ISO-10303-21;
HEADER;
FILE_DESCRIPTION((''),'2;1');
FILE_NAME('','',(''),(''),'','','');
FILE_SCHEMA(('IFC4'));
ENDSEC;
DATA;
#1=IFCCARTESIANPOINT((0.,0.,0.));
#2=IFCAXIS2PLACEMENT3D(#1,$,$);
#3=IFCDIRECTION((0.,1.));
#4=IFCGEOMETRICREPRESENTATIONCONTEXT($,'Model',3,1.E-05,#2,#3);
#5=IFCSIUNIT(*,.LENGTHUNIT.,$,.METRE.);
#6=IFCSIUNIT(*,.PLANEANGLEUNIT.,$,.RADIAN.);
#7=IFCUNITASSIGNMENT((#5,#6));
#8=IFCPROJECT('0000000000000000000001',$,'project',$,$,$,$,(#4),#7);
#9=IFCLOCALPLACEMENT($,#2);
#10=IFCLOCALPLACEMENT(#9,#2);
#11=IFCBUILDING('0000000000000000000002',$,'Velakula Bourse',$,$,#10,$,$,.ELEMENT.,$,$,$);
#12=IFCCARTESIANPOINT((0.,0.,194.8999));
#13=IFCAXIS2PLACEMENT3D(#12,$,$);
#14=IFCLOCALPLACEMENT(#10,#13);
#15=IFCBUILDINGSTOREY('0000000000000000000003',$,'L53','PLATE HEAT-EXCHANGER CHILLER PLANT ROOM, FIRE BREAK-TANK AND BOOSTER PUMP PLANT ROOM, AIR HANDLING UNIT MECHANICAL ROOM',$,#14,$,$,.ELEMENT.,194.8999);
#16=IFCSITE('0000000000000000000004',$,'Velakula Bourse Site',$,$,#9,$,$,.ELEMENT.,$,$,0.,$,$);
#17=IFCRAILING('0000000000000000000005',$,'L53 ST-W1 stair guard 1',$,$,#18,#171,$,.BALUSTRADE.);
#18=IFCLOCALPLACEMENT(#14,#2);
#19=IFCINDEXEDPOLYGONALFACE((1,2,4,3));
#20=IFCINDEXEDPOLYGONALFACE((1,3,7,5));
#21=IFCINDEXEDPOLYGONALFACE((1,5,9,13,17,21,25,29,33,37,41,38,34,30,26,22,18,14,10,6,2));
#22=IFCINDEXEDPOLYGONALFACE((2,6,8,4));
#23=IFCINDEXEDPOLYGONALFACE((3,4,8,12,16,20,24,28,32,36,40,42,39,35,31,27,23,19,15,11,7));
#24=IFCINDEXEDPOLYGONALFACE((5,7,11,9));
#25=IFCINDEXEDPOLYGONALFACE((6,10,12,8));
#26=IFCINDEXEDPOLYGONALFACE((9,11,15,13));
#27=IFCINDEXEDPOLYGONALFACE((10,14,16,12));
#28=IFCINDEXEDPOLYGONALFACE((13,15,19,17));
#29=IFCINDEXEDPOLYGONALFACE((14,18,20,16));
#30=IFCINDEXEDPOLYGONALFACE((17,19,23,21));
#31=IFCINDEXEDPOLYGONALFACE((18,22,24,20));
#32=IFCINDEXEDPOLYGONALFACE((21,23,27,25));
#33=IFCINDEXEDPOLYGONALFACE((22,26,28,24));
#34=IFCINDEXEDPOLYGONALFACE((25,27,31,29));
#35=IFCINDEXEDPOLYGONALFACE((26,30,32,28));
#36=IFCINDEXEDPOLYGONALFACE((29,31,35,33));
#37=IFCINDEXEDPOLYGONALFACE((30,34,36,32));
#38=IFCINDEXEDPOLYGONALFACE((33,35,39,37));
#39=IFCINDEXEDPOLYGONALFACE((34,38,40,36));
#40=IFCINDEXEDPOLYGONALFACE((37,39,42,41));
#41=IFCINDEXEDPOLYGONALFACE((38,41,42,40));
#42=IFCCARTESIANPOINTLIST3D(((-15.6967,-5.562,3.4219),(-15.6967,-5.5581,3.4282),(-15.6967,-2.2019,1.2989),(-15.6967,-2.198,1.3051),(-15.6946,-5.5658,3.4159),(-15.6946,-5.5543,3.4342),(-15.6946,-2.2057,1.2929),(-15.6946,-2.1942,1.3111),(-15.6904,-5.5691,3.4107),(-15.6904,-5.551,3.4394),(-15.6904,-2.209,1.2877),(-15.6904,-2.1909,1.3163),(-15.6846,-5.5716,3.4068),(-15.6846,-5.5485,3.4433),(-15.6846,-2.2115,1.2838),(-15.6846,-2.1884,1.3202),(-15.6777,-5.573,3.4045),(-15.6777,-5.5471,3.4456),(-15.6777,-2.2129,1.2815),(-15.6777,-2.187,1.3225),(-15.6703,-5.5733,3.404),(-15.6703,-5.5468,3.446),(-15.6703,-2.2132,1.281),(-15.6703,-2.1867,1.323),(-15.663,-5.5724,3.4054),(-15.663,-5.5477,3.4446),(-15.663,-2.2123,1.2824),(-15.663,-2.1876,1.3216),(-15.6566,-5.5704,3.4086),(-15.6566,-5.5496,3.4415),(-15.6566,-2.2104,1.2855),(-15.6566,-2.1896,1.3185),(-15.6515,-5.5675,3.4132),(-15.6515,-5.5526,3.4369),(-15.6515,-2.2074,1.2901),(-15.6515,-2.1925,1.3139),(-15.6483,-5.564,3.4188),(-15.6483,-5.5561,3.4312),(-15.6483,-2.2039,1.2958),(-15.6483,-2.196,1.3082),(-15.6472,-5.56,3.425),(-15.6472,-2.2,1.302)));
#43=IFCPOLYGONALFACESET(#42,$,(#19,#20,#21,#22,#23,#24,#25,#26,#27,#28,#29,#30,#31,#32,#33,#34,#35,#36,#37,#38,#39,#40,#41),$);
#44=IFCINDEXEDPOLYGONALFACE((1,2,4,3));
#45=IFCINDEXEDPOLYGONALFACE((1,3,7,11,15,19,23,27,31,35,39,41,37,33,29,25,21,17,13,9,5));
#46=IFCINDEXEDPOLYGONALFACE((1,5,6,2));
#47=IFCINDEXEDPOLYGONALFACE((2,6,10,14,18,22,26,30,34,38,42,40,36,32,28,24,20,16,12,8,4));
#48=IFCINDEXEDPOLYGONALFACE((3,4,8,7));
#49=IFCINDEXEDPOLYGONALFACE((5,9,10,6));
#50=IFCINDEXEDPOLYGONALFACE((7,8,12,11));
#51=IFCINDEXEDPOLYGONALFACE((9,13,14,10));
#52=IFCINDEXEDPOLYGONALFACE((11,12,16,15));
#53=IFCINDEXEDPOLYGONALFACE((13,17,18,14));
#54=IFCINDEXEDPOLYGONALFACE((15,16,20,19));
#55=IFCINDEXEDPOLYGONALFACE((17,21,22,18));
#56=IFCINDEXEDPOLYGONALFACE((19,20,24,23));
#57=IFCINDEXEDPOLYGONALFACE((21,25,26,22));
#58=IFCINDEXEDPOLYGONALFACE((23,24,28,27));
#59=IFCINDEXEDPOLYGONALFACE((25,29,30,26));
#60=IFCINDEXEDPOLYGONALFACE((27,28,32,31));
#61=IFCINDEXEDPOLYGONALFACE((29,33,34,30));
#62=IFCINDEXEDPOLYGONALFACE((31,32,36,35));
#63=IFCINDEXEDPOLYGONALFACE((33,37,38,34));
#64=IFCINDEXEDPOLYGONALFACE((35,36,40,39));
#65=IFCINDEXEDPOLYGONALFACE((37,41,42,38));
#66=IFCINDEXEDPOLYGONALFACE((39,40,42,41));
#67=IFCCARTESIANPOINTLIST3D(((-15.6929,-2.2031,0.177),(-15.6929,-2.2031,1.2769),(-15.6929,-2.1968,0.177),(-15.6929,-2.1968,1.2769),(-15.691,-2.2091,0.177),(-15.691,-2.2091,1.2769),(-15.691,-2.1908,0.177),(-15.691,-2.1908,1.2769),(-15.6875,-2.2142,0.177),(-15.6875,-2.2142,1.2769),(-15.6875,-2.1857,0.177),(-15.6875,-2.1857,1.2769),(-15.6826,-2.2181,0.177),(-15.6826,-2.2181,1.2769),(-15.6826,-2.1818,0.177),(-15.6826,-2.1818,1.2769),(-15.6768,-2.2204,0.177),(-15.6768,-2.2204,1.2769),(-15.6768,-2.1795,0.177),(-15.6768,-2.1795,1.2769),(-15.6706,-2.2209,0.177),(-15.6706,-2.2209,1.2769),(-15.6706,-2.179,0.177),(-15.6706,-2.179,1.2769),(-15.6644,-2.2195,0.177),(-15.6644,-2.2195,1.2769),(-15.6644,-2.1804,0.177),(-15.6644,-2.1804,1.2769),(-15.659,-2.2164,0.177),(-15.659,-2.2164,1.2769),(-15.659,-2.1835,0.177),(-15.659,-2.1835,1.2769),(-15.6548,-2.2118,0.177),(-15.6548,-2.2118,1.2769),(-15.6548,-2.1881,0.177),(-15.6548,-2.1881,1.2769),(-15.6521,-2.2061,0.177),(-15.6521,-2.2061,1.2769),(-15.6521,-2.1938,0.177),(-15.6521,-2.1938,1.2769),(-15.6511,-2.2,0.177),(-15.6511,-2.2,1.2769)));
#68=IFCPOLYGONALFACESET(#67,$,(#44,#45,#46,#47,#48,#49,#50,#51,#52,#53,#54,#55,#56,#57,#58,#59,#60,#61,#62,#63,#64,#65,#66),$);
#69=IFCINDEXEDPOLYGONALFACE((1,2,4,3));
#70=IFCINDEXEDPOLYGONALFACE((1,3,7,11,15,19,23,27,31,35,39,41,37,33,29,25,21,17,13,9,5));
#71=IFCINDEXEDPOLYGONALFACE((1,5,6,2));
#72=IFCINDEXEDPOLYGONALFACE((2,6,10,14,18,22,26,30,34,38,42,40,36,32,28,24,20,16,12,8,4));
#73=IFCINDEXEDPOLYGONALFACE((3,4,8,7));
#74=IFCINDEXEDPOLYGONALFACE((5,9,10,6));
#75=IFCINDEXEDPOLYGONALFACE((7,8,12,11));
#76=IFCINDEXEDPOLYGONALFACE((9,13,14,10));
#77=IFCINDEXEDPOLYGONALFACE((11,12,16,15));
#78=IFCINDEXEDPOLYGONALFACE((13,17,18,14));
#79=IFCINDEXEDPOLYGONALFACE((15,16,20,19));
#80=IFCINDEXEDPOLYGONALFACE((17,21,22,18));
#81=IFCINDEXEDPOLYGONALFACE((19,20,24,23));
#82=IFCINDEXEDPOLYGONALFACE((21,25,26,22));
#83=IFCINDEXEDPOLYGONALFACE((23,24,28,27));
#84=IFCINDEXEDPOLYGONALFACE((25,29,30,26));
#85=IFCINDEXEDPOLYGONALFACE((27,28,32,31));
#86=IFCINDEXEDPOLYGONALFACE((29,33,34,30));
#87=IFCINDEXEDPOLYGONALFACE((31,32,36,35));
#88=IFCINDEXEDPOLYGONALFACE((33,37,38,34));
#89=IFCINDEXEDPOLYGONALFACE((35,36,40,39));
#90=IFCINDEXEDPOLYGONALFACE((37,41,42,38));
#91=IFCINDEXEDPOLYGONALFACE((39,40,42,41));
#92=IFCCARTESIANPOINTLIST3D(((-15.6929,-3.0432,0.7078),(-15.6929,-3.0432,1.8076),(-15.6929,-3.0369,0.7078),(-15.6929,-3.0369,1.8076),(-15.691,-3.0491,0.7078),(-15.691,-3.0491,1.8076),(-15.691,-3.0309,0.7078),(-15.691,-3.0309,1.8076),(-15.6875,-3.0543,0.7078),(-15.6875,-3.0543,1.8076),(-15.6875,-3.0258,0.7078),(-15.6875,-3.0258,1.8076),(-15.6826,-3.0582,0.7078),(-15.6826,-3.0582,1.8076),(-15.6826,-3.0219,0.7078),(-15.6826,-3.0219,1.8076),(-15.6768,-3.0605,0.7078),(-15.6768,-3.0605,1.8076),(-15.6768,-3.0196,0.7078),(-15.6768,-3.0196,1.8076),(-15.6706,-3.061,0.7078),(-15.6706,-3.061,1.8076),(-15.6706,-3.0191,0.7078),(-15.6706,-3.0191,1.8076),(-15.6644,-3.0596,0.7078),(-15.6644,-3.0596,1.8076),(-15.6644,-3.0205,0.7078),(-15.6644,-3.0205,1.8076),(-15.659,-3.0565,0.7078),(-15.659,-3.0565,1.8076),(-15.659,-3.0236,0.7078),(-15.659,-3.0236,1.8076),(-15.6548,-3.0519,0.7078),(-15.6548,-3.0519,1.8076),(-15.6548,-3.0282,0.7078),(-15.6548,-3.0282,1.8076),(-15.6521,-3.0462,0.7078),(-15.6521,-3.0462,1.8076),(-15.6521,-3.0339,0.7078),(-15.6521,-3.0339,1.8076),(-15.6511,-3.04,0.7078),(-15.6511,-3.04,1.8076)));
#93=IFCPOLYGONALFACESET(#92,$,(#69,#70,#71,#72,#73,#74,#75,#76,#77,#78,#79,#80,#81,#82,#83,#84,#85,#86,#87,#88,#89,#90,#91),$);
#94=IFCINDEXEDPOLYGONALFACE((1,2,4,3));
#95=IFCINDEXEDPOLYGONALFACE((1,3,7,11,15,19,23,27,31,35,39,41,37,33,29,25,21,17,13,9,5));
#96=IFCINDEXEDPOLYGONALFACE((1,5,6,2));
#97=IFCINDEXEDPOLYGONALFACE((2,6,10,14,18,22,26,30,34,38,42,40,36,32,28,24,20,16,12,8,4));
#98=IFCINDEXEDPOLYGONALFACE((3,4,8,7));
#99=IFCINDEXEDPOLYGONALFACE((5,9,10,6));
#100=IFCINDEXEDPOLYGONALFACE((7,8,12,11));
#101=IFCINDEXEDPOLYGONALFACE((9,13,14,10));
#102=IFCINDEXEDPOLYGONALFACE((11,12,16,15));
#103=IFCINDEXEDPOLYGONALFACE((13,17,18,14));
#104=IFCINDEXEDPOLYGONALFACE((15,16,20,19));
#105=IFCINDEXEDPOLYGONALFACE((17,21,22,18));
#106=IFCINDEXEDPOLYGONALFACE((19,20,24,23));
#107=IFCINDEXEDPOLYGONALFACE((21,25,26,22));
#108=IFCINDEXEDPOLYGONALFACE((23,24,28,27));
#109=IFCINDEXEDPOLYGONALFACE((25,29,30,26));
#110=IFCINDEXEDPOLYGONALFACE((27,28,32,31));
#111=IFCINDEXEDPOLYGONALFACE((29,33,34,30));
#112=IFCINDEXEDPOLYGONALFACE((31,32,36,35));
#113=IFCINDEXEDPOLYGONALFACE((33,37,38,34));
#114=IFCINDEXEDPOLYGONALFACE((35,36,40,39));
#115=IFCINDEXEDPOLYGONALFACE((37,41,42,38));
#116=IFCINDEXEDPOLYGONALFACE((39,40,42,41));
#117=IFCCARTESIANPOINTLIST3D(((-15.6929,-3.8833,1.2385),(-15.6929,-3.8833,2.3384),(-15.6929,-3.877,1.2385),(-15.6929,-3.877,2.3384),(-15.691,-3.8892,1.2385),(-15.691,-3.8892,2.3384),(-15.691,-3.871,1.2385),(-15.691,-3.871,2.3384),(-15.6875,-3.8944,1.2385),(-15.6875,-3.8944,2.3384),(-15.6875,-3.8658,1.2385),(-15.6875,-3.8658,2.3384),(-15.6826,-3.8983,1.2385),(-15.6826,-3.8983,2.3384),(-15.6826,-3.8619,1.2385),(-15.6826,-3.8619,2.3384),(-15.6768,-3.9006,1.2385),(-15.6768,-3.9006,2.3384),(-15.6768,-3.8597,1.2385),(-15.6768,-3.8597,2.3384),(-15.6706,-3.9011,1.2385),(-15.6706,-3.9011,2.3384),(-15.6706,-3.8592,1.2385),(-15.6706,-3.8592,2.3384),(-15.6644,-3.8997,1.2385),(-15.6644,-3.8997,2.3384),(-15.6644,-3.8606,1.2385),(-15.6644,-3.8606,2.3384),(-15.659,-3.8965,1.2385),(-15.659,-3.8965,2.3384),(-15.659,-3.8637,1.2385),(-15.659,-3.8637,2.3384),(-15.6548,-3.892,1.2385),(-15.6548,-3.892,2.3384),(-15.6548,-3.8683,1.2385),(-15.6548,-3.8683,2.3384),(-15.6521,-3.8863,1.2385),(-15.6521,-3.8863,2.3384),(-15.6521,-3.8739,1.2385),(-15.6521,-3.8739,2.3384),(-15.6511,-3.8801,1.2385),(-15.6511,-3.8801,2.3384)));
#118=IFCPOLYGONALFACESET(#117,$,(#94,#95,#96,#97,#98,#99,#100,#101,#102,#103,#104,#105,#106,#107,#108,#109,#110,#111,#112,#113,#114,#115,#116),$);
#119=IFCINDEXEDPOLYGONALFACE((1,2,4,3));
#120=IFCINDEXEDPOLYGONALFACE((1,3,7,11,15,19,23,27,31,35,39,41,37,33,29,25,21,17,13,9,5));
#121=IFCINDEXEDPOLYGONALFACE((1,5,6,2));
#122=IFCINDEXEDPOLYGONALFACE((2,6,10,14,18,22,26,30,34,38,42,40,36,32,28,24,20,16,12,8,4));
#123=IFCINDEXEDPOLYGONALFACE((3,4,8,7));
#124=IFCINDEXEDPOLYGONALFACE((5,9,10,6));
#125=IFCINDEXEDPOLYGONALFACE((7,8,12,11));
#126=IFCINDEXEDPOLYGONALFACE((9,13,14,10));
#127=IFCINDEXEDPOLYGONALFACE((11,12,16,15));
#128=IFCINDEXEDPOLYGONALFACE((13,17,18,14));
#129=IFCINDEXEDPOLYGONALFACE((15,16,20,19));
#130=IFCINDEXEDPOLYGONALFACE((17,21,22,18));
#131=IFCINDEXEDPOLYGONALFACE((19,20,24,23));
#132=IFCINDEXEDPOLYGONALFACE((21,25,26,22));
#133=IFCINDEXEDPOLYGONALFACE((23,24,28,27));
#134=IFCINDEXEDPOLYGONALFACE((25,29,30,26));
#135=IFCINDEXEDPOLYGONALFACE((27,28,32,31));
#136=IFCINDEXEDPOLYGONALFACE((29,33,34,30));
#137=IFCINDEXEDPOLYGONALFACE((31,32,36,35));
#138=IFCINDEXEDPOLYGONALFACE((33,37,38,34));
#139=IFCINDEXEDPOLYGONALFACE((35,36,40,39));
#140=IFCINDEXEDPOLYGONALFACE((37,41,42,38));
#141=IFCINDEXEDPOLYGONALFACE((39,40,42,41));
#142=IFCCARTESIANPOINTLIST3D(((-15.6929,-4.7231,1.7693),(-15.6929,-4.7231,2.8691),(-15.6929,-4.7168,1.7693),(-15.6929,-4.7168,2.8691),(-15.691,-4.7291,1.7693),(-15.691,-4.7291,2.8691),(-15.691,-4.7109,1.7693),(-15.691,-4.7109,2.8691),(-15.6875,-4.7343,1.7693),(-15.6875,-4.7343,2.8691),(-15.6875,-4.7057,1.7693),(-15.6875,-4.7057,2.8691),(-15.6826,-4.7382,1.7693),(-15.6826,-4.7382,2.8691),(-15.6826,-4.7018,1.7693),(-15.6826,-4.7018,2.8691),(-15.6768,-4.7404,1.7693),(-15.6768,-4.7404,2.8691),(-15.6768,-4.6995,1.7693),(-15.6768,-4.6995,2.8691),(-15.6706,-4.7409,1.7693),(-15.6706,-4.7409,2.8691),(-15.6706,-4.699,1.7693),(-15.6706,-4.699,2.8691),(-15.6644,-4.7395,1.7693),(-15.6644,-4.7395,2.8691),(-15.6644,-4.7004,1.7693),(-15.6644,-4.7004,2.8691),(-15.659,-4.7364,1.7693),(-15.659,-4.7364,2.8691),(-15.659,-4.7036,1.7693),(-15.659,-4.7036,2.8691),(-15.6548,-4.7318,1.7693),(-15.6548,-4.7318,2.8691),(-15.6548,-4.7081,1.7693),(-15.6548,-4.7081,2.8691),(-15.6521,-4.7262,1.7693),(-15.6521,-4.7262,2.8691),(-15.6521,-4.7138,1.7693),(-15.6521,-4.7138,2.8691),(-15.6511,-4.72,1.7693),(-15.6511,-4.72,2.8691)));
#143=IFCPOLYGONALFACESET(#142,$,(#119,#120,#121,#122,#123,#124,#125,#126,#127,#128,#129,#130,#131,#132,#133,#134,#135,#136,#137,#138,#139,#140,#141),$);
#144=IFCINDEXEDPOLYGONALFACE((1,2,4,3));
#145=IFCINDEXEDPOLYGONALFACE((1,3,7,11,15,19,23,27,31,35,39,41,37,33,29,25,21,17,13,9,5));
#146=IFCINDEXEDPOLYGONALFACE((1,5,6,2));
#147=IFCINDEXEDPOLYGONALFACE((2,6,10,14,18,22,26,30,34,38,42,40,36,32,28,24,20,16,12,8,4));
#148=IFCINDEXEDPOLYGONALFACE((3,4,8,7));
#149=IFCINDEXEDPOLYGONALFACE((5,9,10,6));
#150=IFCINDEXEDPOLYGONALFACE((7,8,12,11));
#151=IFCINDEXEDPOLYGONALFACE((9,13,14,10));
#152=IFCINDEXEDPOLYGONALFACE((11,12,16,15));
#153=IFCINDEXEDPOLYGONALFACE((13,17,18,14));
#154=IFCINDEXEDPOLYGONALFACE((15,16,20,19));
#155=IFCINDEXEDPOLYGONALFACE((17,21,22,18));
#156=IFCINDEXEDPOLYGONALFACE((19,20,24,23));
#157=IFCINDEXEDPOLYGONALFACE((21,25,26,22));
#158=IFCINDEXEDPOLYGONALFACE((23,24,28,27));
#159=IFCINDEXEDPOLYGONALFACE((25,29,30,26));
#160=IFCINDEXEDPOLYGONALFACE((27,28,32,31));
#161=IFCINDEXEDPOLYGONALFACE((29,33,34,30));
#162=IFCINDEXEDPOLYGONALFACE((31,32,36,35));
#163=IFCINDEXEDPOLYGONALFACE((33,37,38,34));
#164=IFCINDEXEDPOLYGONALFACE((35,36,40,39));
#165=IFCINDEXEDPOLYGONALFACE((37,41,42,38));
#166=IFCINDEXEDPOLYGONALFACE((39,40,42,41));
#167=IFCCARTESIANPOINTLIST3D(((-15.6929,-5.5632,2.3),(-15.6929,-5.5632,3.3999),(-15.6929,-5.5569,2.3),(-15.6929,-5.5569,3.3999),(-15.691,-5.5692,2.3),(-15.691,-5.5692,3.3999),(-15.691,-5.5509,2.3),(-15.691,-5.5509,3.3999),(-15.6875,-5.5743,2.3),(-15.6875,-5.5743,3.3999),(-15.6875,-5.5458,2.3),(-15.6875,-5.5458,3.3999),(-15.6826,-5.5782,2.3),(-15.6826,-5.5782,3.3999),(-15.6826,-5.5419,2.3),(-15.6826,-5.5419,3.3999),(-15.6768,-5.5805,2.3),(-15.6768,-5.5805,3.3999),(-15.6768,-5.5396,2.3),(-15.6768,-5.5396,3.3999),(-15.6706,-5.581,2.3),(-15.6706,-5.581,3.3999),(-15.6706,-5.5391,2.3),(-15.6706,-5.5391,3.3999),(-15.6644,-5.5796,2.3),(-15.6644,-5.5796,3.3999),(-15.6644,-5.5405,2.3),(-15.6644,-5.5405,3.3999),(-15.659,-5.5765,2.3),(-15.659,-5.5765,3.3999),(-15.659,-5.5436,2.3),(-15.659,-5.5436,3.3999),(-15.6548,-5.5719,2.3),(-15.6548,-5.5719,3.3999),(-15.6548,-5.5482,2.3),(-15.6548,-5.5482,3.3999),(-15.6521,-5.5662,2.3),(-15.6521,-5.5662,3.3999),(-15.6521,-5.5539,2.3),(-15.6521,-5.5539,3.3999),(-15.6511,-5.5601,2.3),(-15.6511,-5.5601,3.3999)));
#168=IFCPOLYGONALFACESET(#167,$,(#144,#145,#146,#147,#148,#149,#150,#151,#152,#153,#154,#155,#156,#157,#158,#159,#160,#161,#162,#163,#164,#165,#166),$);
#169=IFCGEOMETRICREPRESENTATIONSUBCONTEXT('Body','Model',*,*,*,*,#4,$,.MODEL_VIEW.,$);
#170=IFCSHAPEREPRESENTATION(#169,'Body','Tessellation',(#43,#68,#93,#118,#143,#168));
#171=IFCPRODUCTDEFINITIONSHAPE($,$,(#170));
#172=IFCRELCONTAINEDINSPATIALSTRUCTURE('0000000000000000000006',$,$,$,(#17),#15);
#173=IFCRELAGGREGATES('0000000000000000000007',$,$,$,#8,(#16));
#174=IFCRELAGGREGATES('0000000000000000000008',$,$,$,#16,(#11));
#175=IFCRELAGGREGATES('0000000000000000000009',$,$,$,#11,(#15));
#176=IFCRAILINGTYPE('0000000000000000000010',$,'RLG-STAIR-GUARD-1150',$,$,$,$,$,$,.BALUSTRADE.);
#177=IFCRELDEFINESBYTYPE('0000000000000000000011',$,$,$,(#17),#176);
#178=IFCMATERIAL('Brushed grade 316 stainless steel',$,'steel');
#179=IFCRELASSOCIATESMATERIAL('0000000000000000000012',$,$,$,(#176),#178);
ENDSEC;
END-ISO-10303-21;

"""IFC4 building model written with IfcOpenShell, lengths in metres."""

from ifc_helpers import new_model, si_unit, direction, frame, origin, origin_2d, place, context, subcontext, project, spatial, circle, extrude, material, type_object, element, save


model = new_model("IFC4")

# Units and contexts
model_context = context("Model", 3, precision=1e-05, world=origin(), true_north=direction((0.0, 1.0)))
body_context = subcontext(model_context, "Body", "Model", "MODEL_VIEW")
ifc_project = project(units=[si_unit("LENGTHUNIT", "METRE"), si_unit("PLANEANGLEUNIT", "RADIAN")], contexts=[model_context])

# Site, building, storey
site_placement = place(None, origin())
site = spatial("IfcSite", under=ifc_project, at=site_placement, Name="Velakula Bourse Site", CompositionType="ELEMENT", RefElevation=0.0)
building_placement = place(site_placement, origin())
building = spatial("IfcBuilding", under=site, at=building_placement, Name="Velakula Bourse", CompositionType="ELEMENT")
storey_placement = place(building_placement, frame((0.0, 0.0, 194.8999)))
storey = spatial("IfcBuildingStorey", under=building, at=storey_placement, Name="L53", Description="PLATE HEAT-EXCHANGER CHILLER PLANT ROOM, FIRE BREAK-TANK AND BOOSTER PUMP PLANT ROOM, AIR HANDLING UNIT MECHANICAL ROOM", CompositionType="ELEMENT", Elevation=194.8999)

# Shared definitions
ifc_material_1 = material(Name="Brushed grade 316 stainless steel", Category="steel")

# Railing
railing_type_1 = type_object("IfcRailingType", Name="RLG-STAIR-GUARD-1150", PredefinedType="BALUSTRADE", material=ifc_material_1)
railing_1_placement = place(storey_placement, frame((-15.6721, -2.2, 0.177)))
element("IfcRailing", 1, at=railing_1_placement, inside=storey, type_object=railing_type_1, Name="L53 ST-W1 stair guard 1", PredefinedType="BALUSTRADE", context=body_context, shape_type="SweptSolid", body=[
    extrude(circle(Radius=0.0249, at=origin_2d()), frame((0.0, 0.0, 1.125), z_axis=(0.0, -0.84539, 0.53415), x_axis=(1.0, 0.0, 0.0)), (0.0, 0.0, 1.0), 3.9746),
    extrude(circle(Radius=0.021, at=origin_2d()), origin(), (0.0, 0.0, 1.0), 1.0999),
    extrude(circle(Radius=0.021, at=origin_2d()), frame((0.0, -0.8401, 0.5308)), (0.0, 0.0, 1.0), 1.0999),
    extrude(circle(Radius=0.021, at=origin_2d()), frame((0.0, -1.6802, 1.0615)), (0.0, 0.0, 1.0), 1.0999),
    extrude(circle(Radius=0.021, at=origin_2d()), frame((0.0, -2.52, 1.5923)), (0.0, 0.0, 1.0), 1.0999),
    extrude(circle(Radius=0.021, at=origin_2d()), frame((0.0, -3.3601, 2.123)), (0.0, 0.0, 1.0), 1.0999),
])

save(model, "model.ifc")
